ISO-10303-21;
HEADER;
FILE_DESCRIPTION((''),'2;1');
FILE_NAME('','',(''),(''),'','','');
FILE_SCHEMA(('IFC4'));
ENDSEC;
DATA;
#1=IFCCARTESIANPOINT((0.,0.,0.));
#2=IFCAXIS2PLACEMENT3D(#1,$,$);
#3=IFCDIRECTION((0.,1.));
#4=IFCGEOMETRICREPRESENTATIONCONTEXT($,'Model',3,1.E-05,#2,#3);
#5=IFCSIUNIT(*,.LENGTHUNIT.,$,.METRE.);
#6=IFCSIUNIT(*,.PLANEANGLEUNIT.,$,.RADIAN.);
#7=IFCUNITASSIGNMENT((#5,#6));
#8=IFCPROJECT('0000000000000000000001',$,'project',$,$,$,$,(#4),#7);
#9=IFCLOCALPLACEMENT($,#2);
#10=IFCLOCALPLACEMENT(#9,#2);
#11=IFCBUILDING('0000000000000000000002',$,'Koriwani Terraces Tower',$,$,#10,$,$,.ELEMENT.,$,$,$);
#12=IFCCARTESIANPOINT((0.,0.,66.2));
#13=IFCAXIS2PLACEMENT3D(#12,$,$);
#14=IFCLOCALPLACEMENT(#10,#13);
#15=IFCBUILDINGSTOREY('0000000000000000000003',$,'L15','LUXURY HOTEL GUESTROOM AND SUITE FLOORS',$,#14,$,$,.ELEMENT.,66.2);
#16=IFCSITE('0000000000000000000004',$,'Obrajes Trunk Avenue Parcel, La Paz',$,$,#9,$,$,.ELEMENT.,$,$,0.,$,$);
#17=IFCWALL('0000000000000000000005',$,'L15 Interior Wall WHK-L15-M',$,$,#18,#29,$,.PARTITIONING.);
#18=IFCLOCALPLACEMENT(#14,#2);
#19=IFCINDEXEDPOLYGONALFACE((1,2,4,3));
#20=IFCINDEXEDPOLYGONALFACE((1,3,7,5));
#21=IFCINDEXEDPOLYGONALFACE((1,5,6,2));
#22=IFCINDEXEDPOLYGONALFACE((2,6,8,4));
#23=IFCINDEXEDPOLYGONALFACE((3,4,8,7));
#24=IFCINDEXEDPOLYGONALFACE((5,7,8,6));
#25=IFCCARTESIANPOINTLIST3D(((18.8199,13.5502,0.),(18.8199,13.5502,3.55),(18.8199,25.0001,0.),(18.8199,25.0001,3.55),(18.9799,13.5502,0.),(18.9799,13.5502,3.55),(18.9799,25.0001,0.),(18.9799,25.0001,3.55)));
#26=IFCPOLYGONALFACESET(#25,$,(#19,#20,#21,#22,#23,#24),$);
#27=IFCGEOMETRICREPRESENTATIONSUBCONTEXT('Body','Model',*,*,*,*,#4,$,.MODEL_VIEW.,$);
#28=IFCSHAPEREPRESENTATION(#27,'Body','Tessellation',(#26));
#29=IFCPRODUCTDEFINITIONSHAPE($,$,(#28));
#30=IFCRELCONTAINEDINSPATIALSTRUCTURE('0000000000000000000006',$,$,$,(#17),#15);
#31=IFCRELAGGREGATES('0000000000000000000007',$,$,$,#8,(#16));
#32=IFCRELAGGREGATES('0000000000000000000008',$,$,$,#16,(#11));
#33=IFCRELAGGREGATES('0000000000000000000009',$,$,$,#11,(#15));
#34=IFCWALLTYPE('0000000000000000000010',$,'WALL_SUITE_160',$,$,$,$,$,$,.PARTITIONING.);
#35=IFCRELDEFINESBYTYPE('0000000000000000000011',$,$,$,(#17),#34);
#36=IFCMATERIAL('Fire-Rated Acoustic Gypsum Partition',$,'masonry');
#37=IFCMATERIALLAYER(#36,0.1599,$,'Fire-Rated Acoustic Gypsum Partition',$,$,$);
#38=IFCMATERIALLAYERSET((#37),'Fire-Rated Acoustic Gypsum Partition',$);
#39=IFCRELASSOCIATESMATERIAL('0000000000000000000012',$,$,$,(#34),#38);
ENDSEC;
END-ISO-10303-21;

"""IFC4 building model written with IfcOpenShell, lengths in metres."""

from ifc_helpers import new_model, si_unit, direction, frame, frame_2d, origin, place, context, subcontext, project, spatial, rectangle, extrude, material, layer, layer_set, type_object, element, save


model = new_model("IFC4")

# Units and contexts
model_context = context("Model", 3, precision=1e-05, world=origin(), true_north=direction((0.0, 1.0)))
body_context = subcontext(model_context, "Body", "Model", "MODEL_VIEW")
ifc_project = project(units=[si_unit("LENGTHUNIT", "METRE"), si_unit("PLANEANGLEUNIT", "RADIAN")], contexts=[model_context])

# Site, building, storey
site_placement = place(None, origin())
site = spatial("IfcSite", under=ifc_project, at=site_placement, Name="Obrajes Trunk Avenue Parcel, La Paz", CompositionType="ELEMENT", RefElevation=0.0)
building_placement = place(site_placement, origin())
building = spatial("IfcBuilding", under=site, at=building_placement, Name="Koriwani Terraces Tower", CompositionType="ELEMENT")
storey_placement = place(building_placement, frame((0.0, 0.0, 66.2)))
storey = spatial("IfcBuildingStorey", under=building, at=storey_placement, Name="L15", Description="LUXURY HOTEL GUESTROOM AND SUITE FLOORS", CompositionType="ELEMENT", Elevation=66.2)

# Wall
ifc_material_1 = material(Name="Fire-Rated Acoustic Gypsum Partition", Category="masonry")
ifc_layer_1 = layer(ifc_material_1, 0.1599, Name="Fire-Rated Acoustic Gypsum Partition")
ifc_layer_set_1 = layer_set([ifc_layer_1], Name="Fire-Rated Acoustic Gypsum Partition")
wall_type_1 = type_object("IfcWallType", Name="WALL_SUITE_160", PredefinedType="PARTITIONING", material=ifc_layer_set_1)
wall_1_placement = place(storey_placement, frame((18.8999, 13.55, 0.0), z_axis=(0.0, 0.0, 1.0), x_axis=(0.0, 1.0, 0.0)))
element("IfcWall", 1, at=wall_1_placement, inside=storey, type_object=wall_type_1, Name="L15 Interior Wall WHK-L15-M", PredefinedType="PARTITIONING", context=body_context, shape_type="SweptSolid", body=[
    extrude(rectangle(XDim=11.45, YDim=0.1599, at=frame_2d((5.7251, 0.0))), origin(), (0.0, 0.0, 1.0), 3.55),
])

save(model, "model.ifc")
